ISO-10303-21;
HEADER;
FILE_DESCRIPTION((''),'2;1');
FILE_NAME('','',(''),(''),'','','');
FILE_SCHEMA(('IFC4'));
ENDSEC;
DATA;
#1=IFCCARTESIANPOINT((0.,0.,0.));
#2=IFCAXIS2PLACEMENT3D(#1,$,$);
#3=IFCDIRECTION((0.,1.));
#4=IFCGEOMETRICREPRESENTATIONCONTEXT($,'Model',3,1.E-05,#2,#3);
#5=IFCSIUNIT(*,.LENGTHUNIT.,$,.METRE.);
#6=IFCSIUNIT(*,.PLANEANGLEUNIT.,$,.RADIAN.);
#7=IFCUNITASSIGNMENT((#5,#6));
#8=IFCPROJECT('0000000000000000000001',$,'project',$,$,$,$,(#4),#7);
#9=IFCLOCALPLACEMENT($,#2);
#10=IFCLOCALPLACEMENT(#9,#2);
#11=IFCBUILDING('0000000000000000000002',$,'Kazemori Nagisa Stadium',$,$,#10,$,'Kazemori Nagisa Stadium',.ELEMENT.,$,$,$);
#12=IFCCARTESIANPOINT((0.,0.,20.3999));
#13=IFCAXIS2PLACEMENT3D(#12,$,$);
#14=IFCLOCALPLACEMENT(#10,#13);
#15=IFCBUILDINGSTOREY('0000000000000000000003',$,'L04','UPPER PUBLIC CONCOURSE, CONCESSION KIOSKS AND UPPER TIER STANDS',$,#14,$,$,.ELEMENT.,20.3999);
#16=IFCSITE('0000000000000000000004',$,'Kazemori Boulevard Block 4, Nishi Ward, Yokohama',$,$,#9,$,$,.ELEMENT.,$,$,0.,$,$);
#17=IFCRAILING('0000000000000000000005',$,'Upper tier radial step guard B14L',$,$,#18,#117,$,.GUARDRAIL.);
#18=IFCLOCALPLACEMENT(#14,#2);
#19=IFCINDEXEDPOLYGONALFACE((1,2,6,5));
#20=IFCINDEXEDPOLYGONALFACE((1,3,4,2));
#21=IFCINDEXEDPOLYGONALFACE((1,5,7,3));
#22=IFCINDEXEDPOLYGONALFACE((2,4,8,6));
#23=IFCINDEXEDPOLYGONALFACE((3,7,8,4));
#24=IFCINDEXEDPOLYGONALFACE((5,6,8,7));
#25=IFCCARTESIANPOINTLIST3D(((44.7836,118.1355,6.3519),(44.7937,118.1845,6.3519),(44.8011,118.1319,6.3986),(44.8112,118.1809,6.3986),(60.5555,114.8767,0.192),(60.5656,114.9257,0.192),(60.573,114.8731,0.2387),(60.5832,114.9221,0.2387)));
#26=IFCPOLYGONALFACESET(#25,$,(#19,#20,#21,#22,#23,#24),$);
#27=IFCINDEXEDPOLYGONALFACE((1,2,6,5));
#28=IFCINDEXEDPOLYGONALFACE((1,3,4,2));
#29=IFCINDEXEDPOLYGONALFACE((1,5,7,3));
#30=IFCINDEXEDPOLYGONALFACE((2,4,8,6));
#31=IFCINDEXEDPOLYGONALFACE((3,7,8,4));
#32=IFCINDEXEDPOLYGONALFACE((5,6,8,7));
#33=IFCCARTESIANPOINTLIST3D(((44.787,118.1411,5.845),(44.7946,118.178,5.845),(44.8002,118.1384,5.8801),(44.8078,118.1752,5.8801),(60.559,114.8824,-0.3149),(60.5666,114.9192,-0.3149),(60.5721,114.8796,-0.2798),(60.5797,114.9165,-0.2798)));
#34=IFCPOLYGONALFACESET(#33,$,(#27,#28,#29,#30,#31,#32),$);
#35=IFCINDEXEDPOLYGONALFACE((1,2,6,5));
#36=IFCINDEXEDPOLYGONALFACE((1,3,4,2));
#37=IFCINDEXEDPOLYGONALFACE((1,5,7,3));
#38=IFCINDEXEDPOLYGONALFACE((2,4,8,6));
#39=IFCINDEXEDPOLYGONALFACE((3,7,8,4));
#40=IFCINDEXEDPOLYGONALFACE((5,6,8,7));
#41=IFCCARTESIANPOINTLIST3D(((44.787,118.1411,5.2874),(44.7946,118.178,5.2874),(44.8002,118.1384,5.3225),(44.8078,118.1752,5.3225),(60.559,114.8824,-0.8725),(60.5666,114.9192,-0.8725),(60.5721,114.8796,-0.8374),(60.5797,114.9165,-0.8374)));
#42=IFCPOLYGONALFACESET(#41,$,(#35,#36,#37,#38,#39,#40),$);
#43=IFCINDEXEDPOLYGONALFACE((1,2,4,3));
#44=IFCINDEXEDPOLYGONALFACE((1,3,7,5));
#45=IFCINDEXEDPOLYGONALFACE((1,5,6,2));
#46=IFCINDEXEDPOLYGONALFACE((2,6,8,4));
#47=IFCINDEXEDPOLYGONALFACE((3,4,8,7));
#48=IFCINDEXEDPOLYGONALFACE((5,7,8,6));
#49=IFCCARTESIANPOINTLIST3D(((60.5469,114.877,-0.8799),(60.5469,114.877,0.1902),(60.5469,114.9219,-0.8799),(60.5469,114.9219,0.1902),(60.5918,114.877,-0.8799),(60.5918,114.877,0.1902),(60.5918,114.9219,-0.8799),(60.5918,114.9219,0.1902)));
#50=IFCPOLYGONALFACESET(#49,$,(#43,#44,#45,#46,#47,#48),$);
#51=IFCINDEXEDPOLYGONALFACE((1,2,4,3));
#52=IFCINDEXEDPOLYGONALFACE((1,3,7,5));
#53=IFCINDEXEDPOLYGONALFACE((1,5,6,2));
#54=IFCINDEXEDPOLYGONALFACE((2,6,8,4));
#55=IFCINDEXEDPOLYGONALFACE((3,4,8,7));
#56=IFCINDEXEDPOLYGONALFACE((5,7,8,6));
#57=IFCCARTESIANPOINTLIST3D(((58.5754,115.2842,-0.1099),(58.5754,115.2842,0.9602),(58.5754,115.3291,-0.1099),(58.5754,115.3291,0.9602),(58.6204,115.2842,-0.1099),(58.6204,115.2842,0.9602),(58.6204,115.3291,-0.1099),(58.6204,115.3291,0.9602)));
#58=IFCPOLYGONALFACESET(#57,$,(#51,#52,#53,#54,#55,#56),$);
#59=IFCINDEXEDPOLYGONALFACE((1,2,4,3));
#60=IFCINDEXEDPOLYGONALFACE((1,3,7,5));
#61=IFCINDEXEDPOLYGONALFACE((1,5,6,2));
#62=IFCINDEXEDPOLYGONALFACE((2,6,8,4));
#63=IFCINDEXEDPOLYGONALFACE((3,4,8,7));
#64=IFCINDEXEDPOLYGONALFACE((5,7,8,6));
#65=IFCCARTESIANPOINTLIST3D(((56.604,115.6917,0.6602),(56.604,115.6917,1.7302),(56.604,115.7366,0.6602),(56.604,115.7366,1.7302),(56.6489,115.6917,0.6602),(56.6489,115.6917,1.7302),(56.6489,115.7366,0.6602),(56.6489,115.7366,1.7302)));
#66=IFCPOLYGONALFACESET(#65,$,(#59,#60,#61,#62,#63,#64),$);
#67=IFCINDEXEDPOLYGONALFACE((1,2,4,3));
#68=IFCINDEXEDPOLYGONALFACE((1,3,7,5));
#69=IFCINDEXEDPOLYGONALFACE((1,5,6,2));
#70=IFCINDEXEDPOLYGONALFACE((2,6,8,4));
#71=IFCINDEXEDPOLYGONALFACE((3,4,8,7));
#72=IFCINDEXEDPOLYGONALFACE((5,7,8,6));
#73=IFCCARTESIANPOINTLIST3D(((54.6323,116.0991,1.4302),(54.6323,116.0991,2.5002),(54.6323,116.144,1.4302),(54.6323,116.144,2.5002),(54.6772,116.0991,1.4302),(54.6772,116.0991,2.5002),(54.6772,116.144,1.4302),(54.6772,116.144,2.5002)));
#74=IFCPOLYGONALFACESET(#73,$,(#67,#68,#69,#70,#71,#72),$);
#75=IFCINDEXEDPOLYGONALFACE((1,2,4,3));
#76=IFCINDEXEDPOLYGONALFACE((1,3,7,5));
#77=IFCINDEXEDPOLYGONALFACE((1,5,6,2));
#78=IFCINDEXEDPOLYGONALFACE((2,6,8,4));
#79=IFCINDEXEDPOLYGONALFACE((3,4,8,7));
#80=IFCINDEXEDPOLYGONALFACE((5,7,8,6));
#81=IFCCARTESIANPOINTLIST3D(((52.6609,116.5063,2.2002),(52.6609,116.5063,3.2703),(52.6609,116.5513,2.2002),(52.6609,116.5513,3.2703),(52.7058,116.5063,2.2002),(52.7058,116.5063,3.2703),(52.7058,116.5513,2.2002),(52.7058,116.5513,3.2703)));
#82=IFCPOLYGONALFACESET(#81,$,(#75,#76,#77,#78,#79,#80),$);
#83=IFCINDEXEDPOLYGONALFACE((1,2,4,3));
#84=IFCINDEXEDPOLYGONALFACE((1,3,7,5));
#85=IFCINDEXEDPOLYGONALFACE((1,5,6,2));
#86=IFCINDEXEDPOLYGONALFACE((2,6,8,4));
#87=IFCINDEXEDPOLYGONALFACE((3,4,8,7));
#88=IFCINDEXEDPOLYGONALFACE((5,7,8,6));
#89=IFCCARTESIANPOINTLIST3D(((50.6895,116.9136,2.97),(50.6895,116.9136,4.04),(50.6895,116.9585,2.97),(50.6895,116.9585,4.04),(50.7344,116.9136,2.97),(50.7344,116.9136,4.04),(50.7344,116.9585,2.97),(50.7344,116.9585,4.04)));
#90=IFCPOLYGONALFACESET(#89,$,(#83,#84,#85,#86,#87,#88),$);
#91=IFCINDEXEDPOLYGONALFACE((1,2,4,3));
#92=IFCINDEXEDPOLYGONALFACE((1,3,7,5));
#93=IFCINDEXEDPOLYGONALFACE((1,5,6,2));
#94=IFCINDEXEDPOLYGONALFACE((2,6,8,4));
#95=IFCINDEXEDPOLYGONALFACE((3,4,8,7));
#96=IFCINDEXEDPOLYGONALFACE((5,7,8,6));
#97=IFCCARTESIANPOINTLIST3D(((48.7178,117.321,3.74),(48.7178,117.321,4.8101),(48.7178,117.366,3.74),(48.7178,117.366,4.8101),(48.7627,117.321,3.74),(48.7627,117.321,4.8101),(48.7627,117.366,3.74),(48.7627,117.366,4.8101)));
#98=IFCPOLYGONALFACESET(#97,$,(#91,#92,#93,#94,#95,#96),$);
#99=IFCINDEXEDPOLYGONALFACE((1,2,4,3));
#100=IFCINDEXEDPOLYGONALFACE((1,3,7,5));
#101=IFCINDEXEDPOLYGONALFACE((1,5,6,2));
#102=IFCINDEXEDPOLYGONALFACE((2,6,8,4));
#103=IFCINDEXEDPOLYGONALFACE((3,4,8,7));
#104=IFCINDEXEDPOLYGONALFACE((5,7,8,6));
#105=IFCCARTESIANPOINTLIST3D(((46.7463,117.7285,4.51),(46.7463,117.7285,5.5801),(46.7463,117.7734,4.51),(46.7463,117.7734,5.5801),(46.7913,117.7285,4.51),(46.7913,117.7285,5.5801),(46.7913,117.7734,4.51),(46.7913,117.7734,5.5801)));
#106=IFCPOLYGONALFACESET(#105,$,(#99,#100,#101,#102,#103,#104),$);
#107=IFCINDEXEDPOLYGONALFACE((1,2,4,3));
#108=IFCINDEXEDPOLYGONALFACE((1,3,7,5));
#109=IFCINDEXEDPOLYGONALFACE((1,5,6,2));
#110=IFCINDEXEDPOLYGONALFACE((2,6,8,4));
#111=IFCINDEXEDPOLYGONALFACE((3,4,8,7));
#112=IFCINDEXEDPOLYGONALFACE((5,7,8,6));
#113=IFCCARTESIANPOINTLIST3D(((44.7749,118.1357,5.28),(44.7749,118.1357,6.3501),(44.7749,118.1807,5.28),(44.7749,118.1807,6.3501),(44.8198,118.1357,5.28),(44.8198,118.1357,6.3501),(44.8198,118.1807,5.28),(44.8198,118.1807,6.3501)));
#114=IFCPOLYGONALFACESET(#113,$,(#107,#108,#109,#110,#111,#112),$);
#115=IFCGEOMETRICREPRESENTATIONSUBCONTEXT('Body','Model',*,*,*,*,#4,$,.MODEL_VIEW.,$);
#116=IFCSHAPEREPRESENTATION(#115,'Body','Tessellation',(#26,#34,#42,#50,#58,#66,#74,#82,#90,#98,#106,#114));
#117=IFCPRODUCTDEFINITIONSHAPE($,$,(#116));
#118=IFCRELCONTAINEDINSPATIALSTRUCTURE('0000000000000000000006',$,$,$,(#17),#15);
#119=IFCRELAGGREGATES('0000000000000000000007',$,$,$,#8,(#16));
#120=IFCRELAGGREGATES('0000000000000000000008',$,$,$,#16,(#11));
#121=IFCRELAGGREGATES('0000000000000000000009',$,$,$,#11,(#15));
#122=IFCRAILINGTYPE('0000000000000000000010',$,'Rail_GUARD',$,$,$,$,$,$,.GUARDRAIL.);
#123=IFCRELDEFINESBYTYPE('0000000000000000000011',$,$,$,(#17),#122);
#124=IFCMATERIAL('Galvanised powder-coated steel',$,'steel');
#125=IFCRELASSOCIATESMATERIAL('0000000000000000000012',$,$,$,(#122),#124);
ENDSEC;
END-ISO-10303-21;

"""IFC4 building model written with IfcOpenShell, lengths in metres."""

from ifc_helpers import new_model, si_unit, direction, frame, origin, origin_2d, place, context, subcontext, project, spatial, rectangle, extrude, material, type_object, element, save


model = new_model("IFC4")

# Units and contexts
model_context = context("Model", 3, precision=1e-05, world=origin(), true_north=direction((0.0, 1.0)))
body_context = subcontext(model_context, "Body", "Model", "MODEL_VIEW")
ifc_project = project(units=[si_unit("LENGTHUNIT", "METRE"), si_unit("PLANEANGLEUNIT", "RADIAN")], contexts=[model_context])

# Site, building, storey
site_placement = place(None, origin())
site = spatial("IfcSite", under=ifc_project, at=site_placement, Name="Kazemori Boulevard Block 4, Nishi Ward, Yokohama", CompositionType="ELEMENT", RefElevation=0.0)
building_placement = place(site_placement, origin())
building = spatial("IfcBuilding", under=site, at=building_placement, Name="Kazemori Nagisa Stadium", LongName="Kazemori Nagisa Stadium", CompositionType="ELEMENT")
storey_placement = place(building_placement, frame((0.0, 0.0, 20.3999)))
storey = spatial("IfcBuildingStorey", under=building, at=storey_placement, Name="L04", Description="UPPER PUBLIC CONCOURSE, CONCESSION KIOSKS AND UPPER TIER STANDS", CompositionType="ELEMENT", Elevation=20.3999)

# Railing
ifc_material_1 = material(Name="Galvanised powder-coated steel", Category="steel")
railing_type_1 = type_object("IfcRailingType", Name="Rail_GUARD", PredefinedType="GUARDRAIL", material=ifc_material_1)
railing_1_placement = place(storey_placement, frame((60.5693, 114.8994, -0.8799)))
element("IfcRailing", 1, at=railing_1_placement, inside=storey, type_object=railing_type_1, Name="Upper tier radial step guard B14L", PredefinedType="GUARDRAIL", context=body_context, shape_type="SweptSolid", body=[
    extrude(rectangle(XDim=0.05, YDim=0.05, at=origin_2d()), frame((0.0, 0.0, 1.0952), z_axis=(-0.914691, 0.188993, 0.357242), x_axis=(-0.202345, -0.979314, 0.0)), (0.0, 0.0, 1.0), 17.2429),
    extrude(rectangle(XDim=0.0376, YDim=0.0376, at=origin_2d()), frame((0.0, 0.0, 0.5825), z_axis=(-0.914691, 0.188993, 0.357242), x_axis=(-0.202345, -0.979314, 0.0)), (0.0, 0.0, 1.0), 17.2429),
    extrude(rectangle(XDim=0.0376, YDim=0.0376, at=origin_2d()), frame((0.0, 0.0, 0.0249), z_axis=(-0.914691, 0.188993, 0.357242), x_axis=(-0.202345, -0.979314, 0.0)), (0.0, 0.0, 1.0), 17.2429),
    extrude(rectangle(XDim=0.0449, YDim=0.0449, at=origin_2d()), origin(), (0.0, 0.0, 1.0), 1.0701),
    extrude(rectangle(XDim=0.0449, YDim=0.0449, at=origin_2d()), frame((-1.9714, 0.4072, 0.77)), (0.0, 0.0, 1.0), 1.0701),
    extrude(rectangle(XDim=0.0449, YDim=0.0449, at=origin_2d()), frame((-3.9429, 0.8147, 1.54)), (0.0, 0.0, 1.0), 1.0701),
    extrude(rectangle(XDim=0.0449, YDim=0.0449, at=origin_2d()), frame((-5.9146, 1.2222, 2.3101)), (0.0, 0.0, 1.0), 1.0701),
    extrude(rectangle(XDim=0.0449, YDim=0.0449, at=origin_2d()), frame((-7.886, 1.6294, 3.0801)), (0.0, 0.0, 1.0), 1.0701),
    extrude(rectangle(XDim=0.0449, YDim=0.0449, at=origin_2d()), frame((-9.8574, 2.0366, 3.8499)), (0.0, 0.0, 1.0), 1.0701),
    extrude(rectangle(XDim=0.0449, YDim=0.0449, at=origin_2d()), frame((-11.8291, 2.4441, 4.6199)), (0.0, 0.0, 1.0), 1.0701),
    extrude(rectangle(XDim=0.0449, YDim=0.0449, at=origin_2d()), frame((-13.8005, 2.8516, 5.3899)), (0.0, 0.0, 1.0), 1.0701),
    extrude(rectangle(XDim=0.0449, YDim=0.0449, at=origin_2d()), frame((-15.772, 3.2588, 6.1599)), (0.0, 0.0, 1.0), 1.0701),
])

save(model, "model.ifc")
